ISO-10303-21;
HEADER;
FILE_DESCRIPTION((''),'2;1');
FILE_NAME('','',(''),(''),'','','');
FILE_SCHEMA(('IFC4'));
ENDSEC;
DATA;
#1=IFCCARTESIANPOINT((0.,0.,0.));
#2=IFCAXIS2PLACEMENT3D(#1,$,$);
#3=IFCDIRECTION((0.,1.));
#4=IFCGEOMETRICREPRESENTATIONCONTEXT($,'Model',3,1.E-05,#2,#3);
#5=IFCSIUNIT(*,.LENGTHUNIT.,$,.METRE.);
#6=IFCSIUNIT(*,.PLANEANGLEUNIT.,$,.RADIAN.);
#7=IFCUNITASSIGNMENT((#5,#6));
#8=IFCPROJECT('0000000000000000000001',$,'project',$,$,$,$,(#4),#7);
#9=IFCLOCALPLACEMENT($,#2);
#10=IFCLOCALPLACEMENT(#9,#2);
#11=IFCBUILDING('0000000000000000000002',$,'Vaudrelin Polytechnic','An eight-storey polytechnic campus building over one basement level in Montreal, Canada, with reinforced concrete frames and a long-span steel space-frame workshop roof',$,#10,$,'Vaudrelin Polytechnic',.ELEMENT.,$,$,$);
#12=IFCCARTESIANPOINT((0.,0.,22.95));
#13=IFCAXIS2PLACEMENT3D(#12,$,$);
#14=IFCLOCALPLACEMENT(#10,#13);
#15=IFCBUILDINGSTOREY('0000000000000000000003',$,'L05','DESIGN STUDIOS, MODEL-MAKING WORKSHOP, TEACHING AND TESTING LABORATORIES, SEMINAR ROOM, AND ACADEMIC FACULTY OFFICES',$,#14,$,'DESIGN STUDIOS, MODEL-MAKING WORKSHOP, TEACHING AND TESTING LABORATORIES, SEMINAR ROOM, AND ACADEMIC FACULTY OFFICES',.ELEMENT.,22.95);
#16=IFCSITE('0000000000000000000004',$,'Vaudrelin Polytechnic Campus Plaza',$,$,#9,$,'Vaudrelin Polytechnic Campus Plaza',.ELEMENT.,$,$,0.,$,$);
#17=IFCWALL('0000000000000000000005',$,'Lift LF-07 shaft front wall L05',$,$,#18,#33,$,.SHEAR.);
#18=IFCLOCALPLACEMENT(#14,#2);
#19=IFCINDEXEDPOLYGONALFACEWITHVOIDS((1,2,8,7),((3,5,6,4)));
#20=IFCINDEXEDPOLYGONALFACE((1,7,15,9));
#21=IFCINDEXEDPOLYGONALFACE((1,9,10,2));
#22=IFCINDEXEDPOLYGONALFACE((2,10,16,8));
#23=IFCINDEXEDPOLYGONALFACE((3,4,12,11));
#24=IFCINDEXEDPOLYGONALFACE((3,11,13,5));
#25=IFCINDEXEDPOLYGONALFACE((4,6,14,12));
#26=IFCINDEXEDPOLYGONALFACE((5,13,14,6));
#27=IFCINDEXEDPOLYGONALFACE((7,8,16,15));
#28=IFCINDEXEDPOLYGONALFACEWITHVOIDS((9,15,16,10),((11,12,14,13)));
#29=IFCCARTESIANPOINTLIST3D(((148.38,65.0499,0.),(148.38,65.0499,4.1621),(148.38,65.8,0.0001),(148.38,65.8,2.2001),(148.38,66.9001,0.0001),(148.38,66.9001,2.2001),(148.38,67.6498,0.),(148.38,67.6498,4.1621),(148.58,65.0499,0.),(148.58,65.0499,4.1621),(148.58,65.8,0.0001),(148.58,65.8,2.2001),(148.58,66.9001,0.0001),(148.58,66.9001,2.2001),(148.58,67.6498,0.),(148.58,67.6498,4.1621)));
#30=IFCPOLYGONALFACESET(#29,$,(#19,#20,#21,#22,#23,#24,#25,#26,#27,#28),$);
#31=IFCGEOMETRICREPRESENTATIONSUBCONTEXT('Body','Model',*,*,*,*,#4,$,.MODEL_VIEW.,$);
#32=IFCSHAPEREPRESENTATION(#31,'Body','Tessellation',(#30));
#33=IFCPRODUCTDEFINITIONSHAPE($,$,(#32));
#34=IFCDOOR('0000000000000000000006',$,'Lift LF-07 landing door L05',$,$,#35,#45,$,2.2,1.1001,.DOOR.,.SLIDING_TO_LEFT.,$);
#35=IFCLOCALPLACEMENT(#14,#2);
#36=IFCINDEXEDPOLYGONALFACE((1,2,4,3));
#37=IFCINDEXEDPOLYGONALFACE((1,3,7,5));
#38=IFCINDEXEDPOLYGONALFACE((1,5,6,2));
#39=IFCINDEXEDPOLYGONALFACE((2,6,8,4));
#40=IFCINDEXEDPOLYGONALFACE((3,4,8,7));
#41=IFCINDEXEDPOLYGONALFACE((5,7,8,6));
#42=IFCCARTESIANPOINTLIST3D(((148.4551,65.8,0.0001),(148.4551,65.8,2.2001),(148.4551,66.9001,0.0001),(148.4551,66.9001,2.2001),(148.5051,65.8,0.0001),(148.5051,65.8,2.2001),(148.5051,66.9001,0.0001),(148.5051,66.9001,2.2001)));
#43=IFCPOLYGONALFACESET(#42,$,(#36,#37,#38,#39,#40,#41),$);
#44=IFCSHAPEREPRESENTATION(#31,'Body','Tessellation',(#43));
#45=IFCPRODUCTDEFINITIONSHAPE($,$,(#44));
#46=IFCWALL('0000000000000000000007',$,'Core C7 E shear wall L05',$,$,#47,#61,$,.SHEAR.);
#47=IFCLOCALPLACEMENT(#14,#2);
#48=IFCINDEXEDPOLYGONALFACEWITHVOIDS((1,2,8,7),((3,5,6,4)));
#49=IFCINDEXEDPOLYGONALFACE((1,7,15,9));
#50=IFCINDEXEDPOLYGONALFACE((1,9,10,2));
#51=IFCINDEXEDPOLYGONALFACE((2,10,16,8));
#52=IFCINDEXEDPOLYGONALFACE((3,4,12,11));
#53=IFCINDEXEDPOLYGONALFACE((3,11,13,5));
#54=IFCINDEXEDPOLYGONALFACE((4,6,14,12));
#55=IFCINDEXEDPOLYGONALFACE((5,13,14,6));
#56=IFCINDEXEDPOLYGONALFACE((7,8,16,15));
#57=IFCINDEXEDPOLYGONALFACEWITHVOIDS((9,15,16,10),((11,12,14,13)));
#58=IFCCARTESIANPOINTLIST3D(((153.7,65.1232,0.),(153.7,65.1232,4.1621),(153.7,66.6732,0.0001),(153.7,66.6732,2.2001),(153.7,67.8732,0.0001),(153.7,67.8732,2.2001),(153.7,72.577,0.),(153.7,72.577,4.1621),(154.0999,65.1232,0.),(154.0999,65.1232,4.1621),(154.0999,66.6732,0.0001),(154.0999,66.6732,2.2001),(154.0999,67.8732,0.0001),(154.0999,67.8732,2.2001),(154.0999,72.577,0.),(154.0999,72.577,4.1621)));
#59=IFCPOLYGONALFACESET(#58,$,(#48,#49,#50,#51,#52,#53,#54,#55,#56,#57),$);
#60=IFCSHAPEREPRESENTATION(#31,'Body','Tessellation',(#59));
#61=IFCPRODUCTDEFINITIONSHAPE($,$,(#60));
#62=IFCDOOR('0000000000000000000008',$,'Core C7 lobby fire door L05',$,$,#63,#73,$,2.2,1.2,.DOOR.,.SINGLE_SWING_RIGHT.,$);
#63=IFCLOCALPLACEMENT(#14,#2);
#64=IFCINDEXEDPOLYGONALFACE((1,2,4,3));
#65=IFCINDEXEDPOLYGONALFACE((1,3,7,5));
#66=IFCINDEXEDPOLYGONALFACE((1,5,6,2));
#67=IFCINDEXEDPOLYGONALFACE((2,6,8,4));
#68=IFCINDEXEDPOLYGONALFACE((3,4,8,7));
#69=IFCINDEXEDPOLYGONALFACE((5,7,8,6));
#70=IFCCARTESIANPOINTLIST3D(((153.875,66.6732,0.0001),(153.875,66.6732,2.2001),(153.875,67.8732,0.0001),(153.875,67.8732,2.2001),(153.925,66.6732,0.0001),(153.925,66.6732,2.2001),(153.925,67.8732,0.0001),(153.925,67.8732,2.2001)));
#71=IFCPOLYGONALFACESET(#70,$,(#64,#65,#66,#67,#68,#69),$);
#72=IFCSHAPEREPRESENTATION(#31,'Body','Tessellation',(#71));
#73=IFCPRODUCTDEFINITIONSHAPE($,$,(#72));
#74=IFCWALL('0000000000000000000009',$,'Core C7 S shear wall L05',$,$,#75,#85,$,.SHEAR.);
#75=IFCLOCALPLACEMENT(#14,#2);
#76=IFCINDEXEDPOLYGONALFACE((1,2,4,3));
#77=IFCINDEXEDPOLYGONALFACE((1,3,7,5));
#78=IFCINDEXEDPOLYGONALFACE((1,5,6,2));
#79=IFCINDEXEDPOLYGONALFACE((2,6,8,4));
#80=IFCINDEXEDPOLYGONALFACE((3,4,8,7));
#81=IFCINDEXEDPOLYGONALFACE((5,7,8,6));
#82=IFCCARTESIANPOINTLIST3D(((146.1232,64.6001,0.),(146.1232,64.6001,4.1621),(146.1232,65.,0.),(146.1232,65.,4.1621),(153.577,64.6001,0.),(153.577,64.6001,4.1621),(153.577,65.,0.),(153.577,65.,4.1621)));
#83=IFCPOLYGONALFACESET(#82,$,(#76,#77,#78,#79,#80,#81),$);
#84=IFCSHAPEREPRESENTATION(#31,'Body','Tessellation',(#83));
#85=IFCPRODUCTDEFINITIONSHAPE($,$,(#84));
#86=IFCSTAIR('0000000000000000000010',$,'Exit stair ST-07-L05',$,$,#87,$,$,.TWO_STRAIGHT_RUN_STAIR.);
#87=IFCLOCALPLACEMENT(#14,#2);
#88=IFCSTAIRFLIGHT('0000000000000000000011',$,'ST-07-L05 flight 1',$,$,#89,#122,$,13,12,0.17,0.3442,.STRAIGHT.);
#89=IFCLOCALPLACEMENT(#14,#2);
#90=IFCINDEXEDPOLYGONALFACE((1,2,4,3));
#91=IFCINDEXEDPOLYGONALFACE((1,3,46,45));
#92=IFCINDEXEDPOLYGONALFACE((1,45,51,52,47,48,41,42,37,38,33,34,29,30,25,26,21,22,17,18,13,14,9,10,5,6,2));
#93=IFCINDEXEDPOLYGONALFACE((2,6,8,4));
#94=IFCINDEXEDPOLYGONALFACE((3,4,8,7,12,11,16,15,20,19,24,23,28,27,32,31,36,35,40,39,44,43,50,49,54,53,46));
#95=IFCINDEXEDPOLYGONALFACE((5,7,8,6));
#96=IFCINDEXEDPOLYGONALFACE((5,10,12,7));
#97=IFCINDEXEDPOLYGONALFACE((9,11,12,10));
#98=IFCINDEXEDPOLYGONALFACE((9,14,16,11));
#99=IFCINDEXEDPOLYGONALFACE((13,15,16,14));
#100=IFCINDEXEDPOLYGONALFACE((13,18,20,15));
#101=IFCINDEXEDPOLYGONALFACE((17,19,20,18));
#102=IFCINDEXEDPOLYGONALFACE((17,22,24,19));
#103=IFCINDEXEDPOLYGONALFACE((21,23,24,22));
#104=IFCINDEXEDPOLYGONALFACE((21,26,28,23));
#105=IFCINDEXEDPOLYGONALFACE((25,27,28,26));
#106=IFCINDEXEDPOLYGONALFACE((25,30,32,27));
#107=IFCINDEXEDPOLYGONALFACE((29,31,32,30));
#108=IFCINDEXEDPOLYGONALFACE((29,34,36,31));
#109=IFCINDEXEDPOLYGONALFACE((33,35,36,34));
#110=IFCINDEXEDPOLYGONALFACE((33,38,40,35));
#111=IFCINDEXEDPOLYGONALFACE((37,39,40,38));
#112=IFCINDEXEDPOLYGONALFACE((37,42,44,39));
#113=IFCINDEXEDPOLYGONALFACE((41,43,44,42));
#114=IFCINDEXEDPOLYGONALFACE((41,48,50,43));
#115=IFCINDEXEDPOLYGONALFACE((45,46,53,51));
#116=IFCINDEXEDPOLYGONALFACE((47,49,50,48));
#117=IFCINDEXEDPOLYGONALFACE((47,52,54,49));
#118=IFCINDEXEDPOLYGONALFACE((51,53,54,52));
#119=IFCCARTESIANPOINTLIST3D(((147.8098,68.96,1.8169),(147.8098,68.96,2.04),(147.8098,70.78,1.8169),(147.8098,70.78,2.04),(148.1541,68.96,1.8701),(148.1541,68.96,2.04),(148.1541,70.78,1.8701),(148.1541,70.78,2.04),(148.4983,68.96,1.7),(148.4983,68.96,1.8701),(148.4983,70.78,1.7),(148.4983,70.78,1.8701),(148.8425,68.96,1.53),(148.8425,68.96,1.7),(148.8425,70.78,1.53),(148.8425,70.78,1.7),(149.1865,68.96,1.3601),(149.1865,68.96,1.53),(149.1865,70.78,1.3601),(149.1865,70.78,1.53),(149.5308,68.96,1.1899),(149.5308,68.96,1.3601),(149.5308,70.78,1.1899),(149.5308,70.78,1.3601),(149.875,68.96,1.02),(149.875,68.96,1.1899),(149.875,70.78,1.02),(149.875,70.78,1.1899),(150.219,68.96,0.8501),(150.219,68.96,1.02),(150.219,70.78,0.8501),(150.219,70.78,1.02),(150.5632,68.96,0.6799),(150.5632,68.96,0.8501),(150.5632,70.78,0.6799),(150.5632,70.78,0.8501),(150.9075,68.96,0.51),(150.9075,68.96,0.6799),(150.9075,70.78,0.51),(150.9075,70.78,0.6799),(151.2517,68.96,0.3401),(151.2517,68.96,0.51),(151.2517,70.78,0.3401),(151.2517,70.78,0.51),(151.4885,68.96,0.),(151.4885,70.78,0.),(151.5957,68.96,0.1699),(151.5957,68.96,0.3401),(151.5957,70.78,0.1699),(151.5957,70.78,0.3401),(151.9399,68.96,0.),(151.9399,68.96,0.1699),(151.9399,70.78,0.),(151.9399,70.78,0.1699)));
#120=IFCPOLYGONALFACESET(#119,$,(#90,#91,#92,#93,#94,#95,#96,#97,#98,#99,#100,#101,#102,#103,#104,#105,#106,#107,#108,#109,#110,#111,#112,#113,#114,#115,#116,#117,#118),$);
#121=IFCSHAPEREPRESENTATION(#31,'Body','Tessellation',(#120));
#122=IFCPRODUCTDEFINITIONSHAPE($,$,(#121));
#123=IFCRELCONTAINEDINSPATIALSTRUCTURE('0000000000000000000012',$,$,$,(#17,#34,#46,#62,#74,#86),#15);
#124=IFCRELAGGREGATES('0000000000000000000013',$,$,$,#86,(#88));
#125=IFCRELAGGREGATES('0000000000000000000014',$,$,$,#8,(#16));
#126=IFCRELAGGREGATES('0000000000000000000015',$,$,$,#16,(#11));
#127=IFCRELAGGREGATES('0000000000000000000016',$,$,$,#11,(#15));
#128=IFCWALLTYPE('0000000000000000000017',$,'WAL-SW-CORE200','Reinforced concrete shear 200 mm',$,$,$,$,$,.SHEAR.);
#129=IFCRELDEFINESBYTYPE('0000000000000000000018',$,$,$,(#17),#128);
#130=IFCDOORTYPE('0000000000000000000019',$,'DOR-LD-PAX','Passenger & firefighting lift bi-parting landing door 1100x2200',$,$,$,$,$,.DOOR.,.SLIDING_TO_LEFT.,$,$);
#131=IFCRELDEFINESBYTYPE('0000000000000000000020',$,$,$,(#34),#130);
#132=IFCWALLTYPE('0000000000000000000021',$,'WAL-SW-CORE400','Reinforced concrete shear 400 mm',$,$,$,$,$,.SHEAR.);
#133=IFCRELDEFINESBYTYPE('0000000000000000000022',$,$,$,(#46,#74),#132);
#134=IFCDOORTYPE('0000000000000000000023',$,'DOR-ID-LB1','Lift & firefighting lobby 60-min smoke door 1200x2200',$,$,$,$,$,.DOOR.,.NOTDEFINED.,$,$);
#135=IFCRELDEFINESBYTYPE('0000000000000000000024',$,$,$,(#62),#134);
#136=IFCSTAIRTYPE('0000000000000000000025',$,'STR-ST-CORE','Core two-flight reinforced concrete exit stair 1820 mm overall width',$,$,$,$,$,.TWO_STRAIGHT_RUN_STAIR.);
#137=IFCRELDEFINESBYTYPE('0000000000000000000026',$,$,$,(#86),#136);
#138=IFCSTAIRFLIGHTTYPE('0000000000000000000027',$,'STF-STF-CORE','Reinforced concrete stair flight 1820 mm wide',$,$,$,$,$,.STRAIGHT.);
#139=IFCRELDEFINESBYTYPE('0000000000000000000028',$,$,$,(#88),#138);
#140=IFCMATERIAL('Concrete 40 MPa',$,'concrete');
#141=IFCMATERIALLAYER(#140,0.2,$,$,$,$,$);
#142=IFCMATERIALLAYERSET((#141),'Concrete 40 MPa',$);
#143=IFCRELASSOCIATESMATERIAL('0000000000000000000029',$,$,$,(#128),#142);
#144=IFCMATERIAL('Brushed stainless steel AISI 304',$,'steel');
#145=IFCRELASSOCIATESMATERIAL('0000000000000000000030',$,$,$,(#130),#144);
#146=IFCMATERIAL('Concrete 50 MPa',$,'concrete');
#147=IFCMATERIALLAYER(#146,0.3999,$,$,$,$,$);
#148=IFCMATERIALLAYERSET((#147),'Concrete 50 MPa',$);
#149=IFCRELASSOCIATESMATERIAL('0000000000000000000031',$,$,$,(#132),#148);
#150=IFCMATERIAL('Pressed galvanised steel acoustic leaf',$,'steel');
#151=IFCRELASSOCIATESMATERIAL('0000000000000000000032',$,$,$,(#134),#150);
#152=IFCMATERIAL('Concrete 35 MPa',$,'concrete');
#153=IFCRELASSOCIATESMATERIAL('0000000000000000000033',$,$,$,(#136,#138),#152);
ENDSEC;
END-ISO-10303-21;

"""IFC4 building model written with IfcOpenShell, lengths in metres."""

from ifc_helpers import new_model, si_unit, direction, frame, frame_2d, origin, place, context, subcontext, project, spatial, polyline, rectangle, outline, extrude, material, layer, layer_set, type_object, element, fill, aggregate, save


model = new_model("IFC4")

# Units and contexts
model_context = context("Model", 3, precision=1e-05, world=origin(), true_north=direction((0.0, 1.0)))
body_context = subcontext(model_context, "Body", "Model", "MODEL_VIEW")
ifc_project = project(units=[si_unit("LENGTHUNIT", "METRE"), si_unit("PLANEANGLEUNIT", "RADIAN")], contexts=[model_context])

# Site, building, storey
site_placement = place(None, origin())
site = spatial("IfcSite", under=ifc_project, at=site_placement, Name="Vaudrelin Polytechnic Campus Plaza", LongName="Vaudrelin Polytechnic Campus Plaza", CompositionType="ELEMENT", RefElevation=0.0)
building_placement = place(site_placement, origin())
building = spatial("IfcBuilding", under=site, at=building_placement, Name="Vaudrelin Polytechnic", Description="An eight-storey polytechnic campus building over one basement level in Montreal, Canada, with reinforced concrete frames and a long-span steel space-frame workshop roof", LongName="Vaudrelin Polytechnic", CompositionType="ELEMENT")
storey_placement = place(building_placement, frame((0.0, 0.0, 22.95)))
storey = spatial("IfcBuildingStorey", under=building, at=storey_placement, Name="L05", Description="DESIGN STUDIOS, MODEL-MAKING WORKSHOP, TEACHING AND TESTING LABORATORIES, SEMINAR ROOM, AND ACADEMIC FACULTY OFFICES", LongName="DESIGN STUDIOS, MODEL-MAKING WORKSHOP, TEACHING AND TESTING LABORATORIES, SEMINAR ROOM, AND ACADEMIC FACULTY OFFICES", CompositionType="ELEMENT", Elevation=22.95)

# Shared definitions
ifc_material_1 = material(Name="Concrete 40 MPa", Category="concrete")

# Shared definitions
ifc_material_2 = material(Name="Pressed galvanised steel acoustic leaf", Category="steel")

# Walls, openings, doors
ifc_layer_1 = layer(ifc_material_1, 0.2)
ifc_layer_set_1 = layer_set([ifc_layer_1], Name="Concrete 40 MPa")
wall_type_1 = type_object("IfcWallType", Name="WAL-SW-CORE200", Description="Reinforced concrete shear 200 mm", PredefinedType="SHEAR", material=ifc_layer_set_1)
wall_1_placement = place(storey_placement, frame((148.48, 65.05, 0.0), z_axis=(0.0, 0.0, 1.0), x_axis=(0.0, 1.0, 0.0)))
wall_1 = element("IfcWall", 1, at=wall_1_placement, inside=storey, type_object=wall_type_1, Name="Lift LF-07 shaft front wall L05", PredefinedType="SHEAR", context=body_context, shape_type="SweptSolid", body=[
    extrude(rectangle(XDim=2.5999, YDim=0.2, at=frame_2d((1.2998, 0.0))), origin(), (0.0, 0.0, 1.0), 4.1621),
])
opening_1_placement = place(wall_1_placement, frame((0.75, 0.0, 0.0)))
opening_1 = element("IfcOpeningElement", 2, at=opening_1_placement, cuts=wall_1, PredefinedType="OPENING", context=body_context, shape_type="SweptSolid", body=[
    extrude(rectangle(XDim=1.1001, YDim=2.2, at=frame_2d((0.55, 1.1001))), frame((0.0, 0.1099, 0.0), z_axis=(0.0, -1.0, 0.0), x_axis=(1.0, 0.0, 0.0)), (0.0, 0.0, 1.0), 0.22),
])
ifc_material_3 = material(Name="Brushed stainless steel AISI 304", Category="steel")
door_type_1 = type_object("IfcDoorType", Name="DOR-LD-PAX", Description="Passenger & firefighting lift bi-parting landing door 1100x2200", OperationType="SLIDING_TO_LEFT", PredefinedType="DOOR", material=ifc_material_3)
door_1_placement = place(opening_1_placement, origin())
door_1 = element("IfcDoor", 3, at=door_1_placement, inside=storey, type_object=door_type_1, Name="Lift LF-07 landing door L05", OperationType="SLIDING_TO_LEFT", OverallHeight=2.2, OverallWidth=1.1001, PredefinedType="DOOR", context=body_context, shape_type="SweptSolid", body=[
    extrude(rectangle(XDim=1.1001, YDim=2.2, at=frame_2d((0.55, 1.1001))), frame((0.0, 0.0249, 0.0), z_axis=(0.0, -1.0, 0.0), x_axis=(1.0, 0.0, 0.0)), (0.0, 0.0, 1.0), 0.05),
])
fill(opening_1, door_1)
ifc_material_4 = material(Name="Concrete 50 MPa", Category="concrete")
ifc_layer_2 = layer(ifc_material_4, 0.3999)
ifc_layer_set_2 = layer_set([ifc_layer_2], Name="Concrete 50 MPa")
wall_type_2 = type_object("IfcWallType", Name="WAL-SW-CORE400", Description="Reinforced concrete shear 400 mm", PredefinedType="SHEAR", material=ifc_layer_set_2)
wall_2_placement = place(storey_placement, frame((153.8999, 65.123, 0.0), z_axis=(0.0, 0.0, 1.0), x_axis=(0.0, 1.0, 0.0)))
wall_2 = element("IfcWall", 4, at=wall_2_placement, inside=storey, type_object=wall_type_2, Name="Core C7 E shear wall L05", PredefinedType="SHEAR", context=body_context, shape_type="SweptSolid", body=[
    extrude(rectangle(XDim=7.4539, YDim=0.3999, at=frame_2d((3.7271, 0.0))), origin(), (0.0, 0.0, 1.0), 4.1621),
])
opening_2_placement = place(wall_2_placement, frame((1.55, 0.0, 0.0)))
opening_2 = element("IfcOpeningElement", 5, at=opening_2_placement, cuts=wall_2, PredefinedType="OPENING", context=body_context, shape_type="SweptSolid", body=[
    extrude(rectangle(XDim=1.2, YDim=2.2, at=frame_2d((0.6001, 1.1001))), frame((0.0, 0.21, 0.0), z_axis=(0.0, -1.0, 0.0), x_axis=(1.0, 0.0, 0.0)), (0.0, 0.0, 1.0), 0.4199),
])
door_type_2 = type_object("IfcDoorType", Name="DOR-ID-LB1", Description="Lift & firefighting lobby 60-min smoke door 1200x2200", OperationType="NOTDEFINED", PredefinedType="DOOR", material=ifc_material_2)
door_2_placement = place(opening_2_placement, origin())
door_2 = element("IfcDoor", 6, at=door_2_placement, inside=storey, type_object=door_type_2, Name="Core C7 lobby fire door L05", OperationType="SINGLE_SWING_RIGHT", OverallHeight=2.2, OverallWidth=1.2, PredefinedType="DOOR", context=body_context, shape_type="SweptSolid", body=[
    extrude(rectangle(XDim=1.2, YDim=2.2, at=frame_2d((0.6001, 1.1001))), frame((0.0, 0.0249, 0.0), z_axis=(0.0, -1.0, 0.0), x_axis=(1.0, 0.0, 0.0)), (0.0, 0.0, 1.0), 0.05),
])
fill(opening_2, door_2)

# Wall
wall_3_placement = place(storey_placement, frame((146.123, 64.8, 0.0), z_axis=(0.0, 0.0, 1.0), x_axis=(1.0, 0.0, 0.0)))
element("IfcWall", 7, at=wall_3_placement, inside=storey, type_object=wall_type_2, Name="Core C7 S shear wall L05", PredefinedType="SHEAR", context=body_context, shape_type="SweptSolid", body=[
    extrude(rectangle(XDim=7.4539, YDim=0.3999, at=frame_2d((3.7271, 0.0))), origin(), (0.0, 0.0, 1.0), 4.1621),
])

# Stair, stair flight
ifc_material_5 = material(Name="Concrete 35 MPa", Category="concrete")
stair_type = type_object("IfcStairType", Name="STR-ST-CORE", Description="Core two-flight reinforced concrete exit stair 1820 mm overall width", PredefinedType="TWO_STRAIGHT_RUN_STAIR", material=ifc_material_5)
stair_placement = place(storey_placement, origin())
stair = element("IfcStair", 8, at=stair_placement, inside=storey, type_object=stair_type, Name="Exit stair ST-07-L05", PredefinedType="TWO_STRAIGHT_RUN_STAIR")
stair_flight_type = type_object("IfcStairFlightType", Name="STF-STF-CORE", Description="Reinforced concrete stair flight 1820 mm wide", PredefinedType="STRAIGHT", material=ifc_material_5)
stair_flight_placement = place(storey_placement, frame((151.9399, 69.8701, 0.0), z_axis=(0.0, 0.0, 1.0), x_axis=(-1.0, 0.0, 0.0)))
stair_flight = element("IfcStairFlight", 9, at=stair_flight_placement, type_object=stair_flight_type, Name="ST-07-L05 flight 1", NumberOfRisers=13, NumberOfTreads=12, PredefinedType="STRAIGHT", RiserHeight=0.17, TreadLength=0.3442, context=body_context, shape_type="SweptSolid", body=[
    extrude(outline(polyline([(0.0, 0.0), (0.0, 0.1699), (0.3442, 0.1699), (0.3442, 0.3401), (0.6882, 0.3401), (0.6882, 0.51), (1.0325, 0.51), (1.0325, 0.6799), (1.3767, 0.6799), (1.3767, 0.8501), (1.7209, 0.8501), (1.7209, 1.02), (2.0649, 1.02), (2.0649, 1.1899), (2.4092, 1.1899), (2.4092, 1.3601), (2.7534, 1.3601), (2.7534, 1.53), (3.0974, 1.53), (3.0974, 1.7), (3.4417, 1.7), (3.4417, 1.8701), (3.7859, 1.8701), (3.7859, 2.04), (4.1301, 2.04), (4.1301, 2.21), (4.1301, 1.8169), (0.4514, 0.0), (0.0, 0.0)])), frame((0.0, 0.9102, 0.0), z_axis=(0.0, -1.0, 0.0), x_axis=(1.0, 0.0, 0.0)), (0.0, 0.0, 1.0), 1.8201),
])
aggregate(stair, [stair_flight])

save(model, "model.ifc")
